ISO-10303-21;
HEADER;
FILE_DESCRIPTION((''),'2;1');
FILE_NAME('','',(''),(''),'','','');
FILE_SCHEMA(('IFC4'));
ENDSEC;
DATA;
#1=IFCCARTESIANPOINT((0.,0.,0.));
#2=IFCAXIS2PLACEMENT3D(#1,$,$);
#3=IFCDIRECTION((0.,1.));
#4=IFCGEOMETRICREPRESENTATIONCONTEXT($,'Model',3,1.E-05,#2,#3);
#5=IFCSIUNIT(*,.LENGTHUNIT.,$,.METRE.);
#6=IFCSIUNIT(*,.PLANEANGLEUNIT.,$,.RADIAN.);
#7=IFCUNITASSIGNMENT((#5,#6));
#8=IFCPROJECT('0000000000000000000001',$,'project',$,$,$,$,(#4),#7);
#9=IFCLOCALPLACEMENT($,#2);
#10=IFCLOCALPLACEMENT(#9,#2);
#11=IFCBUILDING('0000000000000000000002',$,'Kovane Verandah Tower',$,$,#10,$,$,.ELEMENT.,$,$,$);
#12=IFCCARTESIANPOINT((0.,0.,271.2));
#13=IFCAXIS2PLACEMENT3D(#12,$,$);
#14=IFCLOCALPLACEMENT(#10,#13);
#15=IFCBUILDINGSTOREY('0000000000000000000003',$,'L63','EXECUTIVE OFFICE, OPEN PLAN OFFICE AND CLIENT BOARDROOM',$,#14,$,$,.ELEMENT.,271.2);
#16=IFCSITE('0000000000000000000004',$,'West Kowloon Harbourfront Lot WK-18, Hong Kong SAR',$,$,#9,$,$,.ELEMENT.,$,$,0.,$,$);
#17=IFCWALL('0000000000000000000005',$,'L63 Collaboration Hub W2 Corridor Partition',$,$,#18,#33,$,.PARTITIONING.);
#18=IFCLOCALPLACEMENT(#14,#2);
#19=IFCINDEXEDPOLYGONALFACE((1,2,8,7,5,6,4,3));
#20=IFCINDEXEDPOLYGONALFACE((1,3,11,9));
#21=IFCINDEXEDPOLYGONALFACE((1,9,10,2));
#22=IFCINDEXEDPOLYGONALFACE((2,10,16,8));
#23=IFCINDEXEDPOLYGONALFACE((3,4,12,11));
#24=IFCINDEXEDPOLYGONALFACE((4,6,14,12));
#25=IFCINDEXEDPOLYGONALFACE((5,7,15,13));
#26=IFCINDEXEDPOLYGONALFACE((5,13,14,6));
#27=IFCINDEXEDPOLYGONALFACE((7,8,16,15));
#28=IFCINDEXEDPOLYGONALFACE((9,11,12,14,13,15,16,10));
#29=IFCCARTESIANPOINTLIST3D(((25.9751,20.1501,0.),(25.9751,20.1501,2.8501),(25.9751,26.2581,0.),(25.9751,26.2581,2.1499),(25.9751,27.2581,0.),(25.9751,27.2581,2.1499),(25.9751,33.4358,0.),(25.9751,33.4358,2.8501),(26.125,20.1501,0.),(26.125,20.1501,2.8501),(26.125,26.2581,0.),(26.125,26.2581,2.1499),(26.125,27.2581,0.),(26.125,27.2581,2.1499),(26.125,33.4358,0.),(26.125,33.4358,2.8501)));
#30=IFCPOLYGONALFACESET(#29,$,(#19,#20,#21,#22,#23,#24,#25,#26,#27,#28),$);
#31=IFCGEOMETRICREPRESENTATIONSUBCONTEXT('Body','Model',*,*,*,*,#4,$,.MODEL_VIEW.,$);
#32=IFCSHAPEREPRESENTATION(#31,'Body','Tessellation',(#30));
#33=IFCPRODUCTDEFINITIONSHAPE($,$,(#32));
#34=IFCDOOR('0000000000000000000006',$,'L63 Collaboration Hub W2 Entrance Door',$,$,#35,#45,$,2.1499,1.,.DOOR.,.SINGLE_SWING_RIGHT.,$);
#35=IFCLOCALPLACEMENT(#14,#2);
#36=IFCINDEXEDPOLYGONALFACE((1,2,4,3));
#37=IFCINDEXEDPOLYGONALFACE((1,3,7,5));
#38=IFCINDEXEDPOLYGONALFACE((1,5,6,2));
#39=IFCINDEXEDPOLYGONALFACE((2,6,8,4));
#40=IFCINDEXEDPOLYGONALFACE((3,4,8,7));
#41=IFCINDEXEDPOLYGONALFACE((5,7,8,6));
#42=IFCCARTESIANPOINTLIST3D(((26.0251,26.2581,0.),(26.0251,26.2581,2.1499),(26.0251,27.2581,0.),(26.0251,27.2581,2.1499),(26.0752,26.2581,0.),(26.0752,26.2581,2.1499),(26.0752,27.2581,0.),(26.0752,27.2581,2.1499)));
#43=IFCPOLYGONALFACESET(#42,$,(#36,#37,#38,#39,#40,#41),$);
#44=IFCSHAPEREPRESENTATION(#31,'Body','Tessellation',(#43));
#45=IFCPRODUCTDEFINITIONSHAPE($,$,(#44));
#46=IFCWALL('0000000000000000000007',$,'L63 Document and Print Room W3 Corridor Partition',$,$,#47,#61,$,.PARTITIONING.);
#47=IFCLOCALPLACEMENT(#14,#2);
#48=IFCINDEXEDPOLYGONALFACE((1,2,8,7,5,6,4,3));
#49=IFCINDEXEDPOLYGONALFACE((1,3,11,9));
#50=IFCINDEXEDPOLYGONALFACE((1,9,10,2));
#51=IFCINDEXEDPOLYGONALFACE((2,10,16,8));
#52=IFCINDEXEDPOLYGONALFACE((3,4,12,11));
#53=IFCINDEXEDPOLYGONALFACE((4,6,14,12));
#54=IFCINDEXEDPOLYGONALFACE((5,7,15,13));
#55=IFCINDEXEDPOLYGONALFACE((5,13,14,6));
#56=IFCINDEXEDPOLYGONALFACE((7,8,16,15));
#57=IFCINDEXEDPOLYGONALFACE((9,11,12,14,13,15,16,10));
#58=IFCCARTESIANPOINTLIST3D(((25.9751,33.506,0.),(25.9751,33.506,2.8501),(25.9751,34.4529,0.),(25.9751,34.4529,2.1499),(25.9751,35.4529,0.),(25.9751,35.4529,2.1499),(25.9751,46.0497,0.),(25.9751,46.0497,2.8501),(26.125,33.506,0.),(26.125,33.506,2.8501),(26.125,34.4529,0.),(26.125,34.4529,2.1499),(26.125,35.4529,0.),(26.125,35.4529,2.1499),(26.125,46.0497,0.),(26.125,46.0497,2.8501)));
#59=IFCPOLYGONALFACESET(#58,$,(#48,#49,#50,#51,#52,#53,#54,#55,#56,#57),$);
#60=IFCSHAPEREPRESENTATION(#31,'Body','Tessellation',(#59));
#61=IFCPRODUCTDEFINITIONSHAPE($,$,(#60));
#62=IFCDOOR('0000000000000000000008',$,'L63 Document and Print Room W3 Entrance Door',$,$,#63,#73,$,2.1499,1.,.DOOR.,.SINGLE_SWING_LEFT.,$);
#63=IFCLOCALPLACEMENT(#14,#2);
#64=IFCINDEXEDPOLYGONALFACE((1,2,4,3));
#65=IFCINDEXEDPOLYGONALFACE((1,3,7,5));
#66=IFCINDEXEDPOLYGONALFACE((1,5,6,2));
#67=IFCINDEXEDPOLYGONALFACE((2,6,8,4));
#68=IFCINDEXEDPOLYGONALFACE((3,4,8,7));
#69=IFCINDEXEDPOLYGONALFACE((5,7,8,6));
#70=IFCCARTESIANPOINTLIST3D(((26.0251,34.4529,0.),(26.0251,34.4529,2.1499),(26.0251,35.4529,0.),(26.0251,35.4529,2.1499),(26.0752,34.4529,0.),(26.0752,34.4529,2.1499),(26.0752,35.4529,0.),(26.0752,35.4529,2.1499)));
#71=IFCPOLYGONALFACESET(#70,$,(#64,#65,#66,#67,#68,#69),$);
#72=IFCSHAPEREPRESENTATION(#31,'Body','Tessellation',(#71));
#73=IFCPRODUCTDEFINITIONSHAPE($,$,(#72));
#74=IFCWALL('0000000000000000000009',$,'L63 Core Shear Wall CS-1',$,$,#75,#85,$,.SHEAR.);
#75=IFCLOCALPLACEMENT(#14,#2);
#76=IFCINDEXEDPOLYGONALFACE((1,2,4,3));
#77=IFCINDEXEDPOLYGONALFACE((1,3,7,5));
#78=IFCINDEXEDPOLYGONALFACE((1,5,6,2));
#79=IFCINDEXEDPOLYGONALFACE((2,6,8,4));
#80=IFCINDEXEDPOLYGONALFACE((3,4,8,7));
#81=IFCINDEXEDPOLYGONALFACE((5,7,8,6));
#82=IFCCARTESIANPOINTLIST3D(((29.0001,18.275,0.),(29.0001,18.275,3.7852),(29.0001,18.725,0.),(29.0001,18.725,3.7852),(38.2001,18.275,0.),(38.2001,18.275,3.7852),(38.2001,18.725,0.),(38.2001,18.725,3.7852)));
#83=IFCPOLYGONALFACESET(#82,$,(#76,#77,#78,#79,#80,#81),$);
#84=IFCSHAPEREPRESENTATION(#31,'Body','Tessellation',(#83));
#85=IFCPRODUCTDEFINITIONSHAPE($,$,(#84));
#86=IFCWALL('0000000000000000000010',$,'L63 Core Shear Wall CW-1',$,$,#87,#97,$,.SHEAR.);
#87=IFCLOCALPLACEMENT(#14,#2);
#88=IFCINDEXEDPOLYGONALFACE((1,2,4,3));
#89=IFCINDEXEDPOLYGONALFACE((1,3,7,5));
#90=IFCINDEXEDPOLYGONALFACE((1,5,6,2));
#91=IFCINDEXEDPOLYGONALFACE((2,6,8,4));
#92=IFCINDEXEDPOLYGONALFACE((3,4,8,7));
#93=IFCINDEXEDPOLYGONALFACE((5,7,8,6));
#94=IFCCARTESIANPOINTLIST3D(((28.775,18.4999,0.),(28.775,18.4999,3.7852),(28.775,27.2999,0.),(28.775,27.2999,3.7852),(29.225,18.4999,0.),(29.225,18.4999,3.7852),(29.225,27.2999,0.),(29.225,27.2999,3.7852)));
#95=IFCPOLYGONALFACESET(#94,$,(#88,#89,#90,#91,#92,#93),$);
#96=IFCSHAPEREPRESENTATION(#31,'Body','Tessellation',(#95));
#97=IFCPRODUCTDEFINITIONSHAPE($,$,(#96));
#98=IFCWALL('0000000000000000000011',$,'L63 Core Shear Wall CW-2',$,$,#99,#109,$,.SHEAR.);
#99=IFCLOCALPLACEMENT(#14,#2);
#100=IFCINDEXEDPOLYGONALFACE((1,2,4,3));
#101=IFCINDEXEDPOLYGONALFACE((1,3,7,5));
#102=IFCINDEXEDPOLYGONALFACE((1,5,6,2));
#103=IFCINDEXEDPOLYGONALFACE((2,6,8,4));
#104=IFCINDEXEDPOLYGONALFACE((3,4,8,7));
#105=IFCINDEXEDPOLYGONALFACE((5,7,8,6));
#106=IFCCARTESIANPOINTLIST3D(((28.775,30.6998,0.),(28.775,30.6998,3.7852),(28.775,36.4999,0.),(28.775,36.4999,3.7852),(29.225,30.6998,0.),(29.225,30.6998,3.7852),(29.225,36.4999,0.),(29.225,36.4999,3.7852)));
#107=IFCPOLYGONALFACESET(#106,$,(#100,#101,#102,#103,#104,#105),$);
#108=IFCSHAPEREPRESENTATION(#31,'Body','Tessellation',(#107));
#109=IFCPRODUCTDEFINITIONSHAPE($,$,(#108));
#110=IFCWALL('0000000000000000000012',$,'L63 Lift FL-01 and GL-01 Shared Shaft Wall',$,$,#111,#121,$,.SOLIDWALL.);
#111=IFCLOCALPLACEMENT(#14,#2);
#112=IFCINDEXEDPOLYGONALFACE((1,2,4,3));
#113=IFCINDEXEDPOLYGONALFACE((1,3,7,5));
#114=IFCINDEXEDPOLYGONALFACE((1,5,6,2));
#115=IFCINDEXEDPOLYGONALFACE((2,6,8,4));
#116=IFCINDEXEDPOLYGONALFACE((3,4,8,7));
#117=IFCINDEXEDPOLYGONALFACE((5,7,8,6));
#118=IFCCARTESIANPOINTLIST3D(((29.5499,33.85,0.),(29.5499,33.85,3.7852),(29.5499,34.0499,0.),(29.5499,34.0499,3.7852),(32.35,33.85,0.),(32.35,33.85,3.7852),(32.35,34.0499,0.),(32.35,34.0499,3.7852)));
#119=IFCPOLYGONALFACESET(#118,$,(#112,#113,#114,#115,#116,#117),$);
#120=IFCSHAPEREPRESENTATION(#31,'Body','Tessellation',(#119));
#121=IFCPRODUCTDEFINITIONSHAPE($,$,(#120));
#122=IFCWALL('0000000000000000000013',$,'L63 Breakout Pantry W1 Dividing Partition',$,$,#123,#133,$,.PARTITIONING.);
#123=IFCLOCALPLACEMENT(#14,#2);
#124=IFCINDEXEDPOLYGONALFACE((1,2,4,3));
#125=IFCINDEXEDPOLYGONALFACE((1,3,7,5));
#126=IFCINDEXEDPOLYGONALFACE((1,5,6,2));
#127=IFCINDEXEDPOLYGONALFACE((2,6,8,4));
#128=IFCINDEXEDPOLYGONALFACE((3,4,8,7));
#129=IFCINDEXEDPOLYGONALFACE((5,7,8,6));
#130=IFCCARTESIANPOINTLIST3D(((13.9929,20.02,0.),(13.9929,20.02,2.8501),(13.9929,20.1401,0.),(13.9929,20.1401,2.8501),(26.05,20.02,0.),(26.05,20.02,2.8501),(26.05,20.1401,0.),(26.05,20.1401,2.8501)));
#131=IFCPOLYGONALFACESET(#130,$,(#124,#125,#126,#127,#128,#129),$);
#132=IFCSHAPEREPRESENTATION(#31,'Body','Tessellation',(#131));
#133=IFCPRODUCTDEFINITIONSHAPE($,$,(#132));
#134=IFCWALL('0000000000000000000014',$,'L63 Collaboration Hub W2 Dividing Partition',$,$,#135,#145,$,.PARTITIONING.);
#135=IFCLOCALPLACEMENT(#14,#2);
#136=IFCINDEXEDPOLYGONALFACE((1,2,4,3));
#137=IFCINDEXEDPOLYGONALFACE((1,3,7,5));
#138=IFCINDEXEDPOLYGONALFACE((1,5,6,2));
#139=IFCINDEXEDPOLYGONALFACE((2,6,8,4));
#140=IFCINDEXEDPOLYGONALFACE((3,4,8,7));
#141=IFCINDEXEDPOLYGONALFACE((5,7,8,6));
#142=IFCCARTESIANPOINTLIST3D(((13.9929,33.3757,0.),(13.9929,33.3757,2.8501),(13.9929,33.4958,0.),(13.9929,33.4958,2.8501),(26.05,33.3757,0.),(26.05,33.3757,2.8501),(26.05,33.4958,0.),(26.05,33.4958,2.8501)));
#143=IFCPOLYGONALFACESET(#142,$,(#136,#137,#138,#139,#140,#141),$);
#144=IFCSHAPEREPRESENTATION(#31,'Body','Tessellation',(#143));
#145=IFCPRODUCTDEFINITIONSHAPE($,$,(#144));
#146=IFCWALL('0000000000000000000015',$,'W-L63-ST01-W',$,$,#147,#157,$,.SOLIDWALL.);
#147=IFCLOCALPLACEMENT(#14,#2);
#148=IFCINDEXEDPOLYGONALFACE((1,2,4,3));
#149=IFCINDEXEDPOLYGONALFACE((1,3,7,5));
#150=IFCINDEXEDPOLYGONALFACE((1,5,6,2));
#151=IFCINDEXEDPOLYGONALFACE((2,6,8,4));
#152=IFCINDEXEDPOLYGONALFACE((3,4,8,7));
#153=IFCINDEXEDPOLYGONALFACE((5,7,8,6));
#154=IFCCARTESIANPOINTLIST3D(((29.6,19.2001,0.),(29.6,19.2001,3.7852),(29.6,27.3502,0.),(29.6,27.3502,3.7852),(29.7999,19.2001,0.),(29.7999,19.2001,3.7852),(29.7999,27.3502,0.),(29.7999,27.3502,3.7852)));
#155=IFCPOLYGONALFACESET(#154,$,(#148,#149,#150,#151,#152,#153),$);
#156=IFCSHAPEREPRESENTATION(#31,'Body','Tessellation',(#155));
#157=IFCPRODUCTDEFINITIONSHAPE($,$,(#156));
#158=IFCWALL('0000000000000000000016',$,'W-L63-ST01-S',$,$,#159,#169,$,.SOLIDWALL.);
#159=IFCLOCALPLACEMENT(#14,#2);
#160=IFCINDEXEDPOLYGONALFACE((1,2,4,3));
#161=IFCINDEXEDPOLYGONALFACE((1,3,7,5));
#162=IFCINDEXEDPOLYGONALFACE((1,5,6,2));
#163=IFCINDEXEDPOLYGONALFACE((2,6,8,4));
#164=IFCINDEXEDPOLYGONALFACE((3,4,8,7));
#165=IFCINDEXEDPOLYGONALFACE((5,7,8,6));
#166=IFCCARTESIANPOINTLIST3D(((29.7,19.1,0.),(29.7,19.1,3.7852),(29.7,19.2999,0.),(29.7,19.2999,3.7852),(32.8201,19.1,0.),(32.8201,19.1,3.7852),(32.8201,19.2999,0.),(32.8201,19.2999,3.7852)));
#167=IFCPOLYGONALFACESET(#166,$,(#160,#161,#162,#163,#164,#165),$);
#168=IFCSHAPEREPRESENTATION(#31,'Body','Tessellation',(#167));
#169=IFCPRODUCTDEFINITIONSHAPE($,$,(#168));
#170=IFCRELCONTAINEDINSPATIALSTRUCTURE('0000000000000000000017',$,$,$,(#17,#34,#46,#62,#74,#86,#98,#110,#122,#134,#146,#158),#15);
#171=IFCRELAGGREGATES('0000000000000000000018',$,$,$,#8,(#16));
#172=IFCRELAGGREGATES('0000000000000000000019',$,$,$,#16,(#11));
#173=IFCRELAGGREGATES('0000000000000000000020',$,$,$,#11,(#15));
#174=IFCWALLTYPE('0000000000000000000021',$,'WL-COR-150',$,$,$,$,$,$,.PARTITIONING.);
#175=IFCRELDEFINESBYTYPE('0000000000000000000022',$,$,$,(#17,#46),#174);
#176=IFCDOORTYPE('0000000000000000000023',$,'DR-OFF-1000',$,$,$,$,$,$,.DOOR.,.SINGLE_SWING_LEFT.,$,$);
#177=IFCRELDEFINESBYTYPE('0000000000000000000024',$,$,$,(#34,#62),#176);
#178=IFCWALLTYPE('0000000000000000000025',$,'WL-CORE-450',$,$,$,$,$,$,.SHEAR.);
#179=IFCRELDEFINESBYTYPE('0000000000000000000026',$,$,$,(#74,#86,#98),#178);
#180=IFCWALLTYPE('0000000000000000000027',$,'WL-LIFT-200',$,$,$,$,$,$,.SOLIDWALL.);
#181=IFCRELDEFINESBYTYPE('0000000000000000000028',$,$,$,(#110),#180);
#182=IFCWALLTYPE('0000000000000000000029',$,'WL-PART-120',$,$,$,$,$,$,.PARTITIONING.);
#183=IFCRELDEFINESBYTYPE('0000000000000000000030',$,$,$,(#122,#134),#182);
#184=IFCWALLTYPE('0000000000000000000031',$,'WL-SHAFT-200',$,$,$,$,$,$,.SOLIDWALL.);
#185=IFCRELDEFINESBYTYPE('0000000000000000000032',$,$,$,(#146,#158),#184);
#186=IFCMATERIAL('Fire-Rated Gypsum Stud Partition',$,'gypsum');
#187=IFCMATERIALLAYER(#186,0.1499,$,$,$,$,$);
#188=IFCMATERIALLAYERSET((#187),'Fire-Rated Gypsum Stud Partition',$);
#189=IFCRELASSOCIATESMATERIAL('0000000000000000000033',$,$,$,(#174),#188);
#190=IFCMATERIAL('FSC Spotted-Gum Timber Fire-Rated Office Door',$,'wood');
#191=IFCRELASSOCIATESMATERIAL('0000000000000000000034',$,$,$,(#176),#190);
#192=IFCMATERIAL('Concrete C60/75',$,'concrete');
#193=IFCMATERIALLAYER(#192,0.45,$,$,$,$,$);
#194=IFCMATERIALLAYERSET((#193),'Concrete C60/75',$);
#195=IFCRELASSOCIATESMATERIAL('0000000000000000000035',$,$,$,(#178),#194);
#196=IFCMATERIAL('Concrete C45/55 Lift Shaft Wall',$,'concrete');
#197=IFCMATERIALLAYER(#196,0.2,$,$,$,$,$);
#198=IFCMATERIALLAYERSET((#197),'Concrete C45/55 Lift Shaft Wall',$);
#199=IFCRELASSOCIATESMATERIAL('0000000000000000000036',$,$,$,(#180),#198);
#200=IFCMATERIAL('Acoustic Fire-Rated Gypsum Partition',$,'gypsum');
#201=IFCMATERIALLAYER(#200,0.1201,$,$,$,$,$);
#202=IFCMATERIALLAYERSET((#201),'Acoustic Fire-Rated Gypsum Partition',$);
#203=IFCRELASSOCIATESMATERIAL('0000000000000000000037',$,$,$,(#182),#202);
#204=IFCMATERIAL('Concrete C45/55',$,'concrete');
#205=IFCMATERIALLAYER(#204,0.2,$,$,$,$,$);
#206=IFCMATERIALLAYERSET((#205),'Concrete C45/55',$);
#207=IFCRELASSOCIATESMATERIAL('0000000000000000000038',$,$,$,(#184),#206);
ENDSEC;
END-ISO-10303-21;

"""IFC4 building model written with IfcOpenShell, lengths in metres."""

from ifc_helpers import new_model, si_unit, direction, frame, frame_2d, origin, place, context, subcontext, project, spatial, rectangle, extrude, material, layer, layer_set, type_object, element, fill, save


model = new_model("IFC4")

# Units and contexts
model_context = context("Model", 3, precision=1e-05, world=origin(), true_north=direction((0.0, 1.0)))
body_context = subcontext(model_context, "Body", "Model", "MODEL_VIEW")
ifc_project = project(units=[si_unit("LENGTHUNIT", "METRE"), si_unit("PLANEANGLEUNIT", "RADIAN")], contexts=[model_context])

# Site, building, storey
site_placement = place(None, origin())
site = spatial("IfcSite", under=ifc_project, at=site_placement, Name="West Kowloon Harbourfront Lot WK-18, Hong Kong SAR", CompositionType="ELEMENT", RefElevation=0.0)
building_placement = place(site_placement, origin())
building = spatial("IfcBuilding", under=site, at=building_placement, Name="Kovane Verandah Tower", CompositionType="ELEMENT")
storey_placement = place(building_placement, frame((0.0, 0.0, 271.2)))
storey = spatial("IfcBuildingStorey", under=building, at=storey_placement, Name="L63", Description="EXECUTIVE OFFICE, OPEN PLAN OFFICE AND CLIENT BOARDROOM", CompositionType="ELEMENT", Elevation=271.2)

# Shared definitions
ifc_material_1 = material(Name="Concrete C60/75", Category="concrete")

# Walls, openings, doors
ifc_material_2 = material(Name="Fire-Rated Gypsum Stud Partition", Category="gypsum")
ifc_layer_1 = layer(ifc_material_2, 0.1499)
ifc_layer_set_1 = layer_set([ifc_layer_1], Name="Fire-Rated Gypsum Stud Partition")
wall_type_1 = type_object("IfcWallType", Name="WL-COR-150", PredefinedType="PARTITIONING", material=ifc_layer_set_1)
wall_1_placement = place(storey_placement, frame((26.05, 20.1501, 0.0), z_axis=(0.0, 0.0, 1.0), x_axis=(0.0, 1.0, 0.0)))
wall_1 = element("IfcWall", 1, at=wall_1_placement, inside=storey, type_object=wall_type_1, Name="L63 Collaboration Hub W2 Corridor Partition", PredefinedType="PARTITIONING", context=body_context, shape_type="SweptSolid", body=[
    extrude(rectangle(XDim=13.2856, YDim=0.1499, at=frame_2d((6.6428, 0.0))), origin(), (0.0, 0.0, 1.0), 2.8501),
])
opening_1_placement = place(wall_1_placement, frame((6.1079, 0.0, 0.0)))
opening_1 = element("IfcOpeningElement", 2, at=opening_1_placement, cuts=wall_1, PredefinedType="OPENING", context=body_context, shape_type="SweptSolid", body=[
    extrude(rectangle(XDim=1.0, YDim=2.1499, at=frame_2d((0.5, 1.075))), frame((0.0, 0.075, 0.0), z_axis=(0.0, -1.0, 0.0), x_axis=(1.0, 0.0, 0.0)), (0.0, 0.0, 1.0), 0.1499),
])
ifc_material_3 = material(Name="FSC Spotted-Gum Timber Fire-Rated Office Door", Category="wood")
door_type_1 = type_object("IfcDoorType", Name="DR-OFF-1000", OperationType="SINGLE_SWING_LEFT", PredefinedType="DOOR", material=ifc_material_3)
door_1_placement = place(opening_1_placement, origin())
door_1 = element("IfcDoor", 3, at=door_1_placement, inside=storey, type_object=door_type_1, Name="L63 Collaboration Hub W2 Entrance Door", OperationType="SINGLE_SWING_RIGHT", OverallHeight=2.1499, OverallWidth=1.0, PredefinedType="DOOR", context=body_context, shape_type="SweptSolid", body=[
    extrude(rectangle(XDim=1.0, YDim=2.1499, at=frame_2d((0.5, 1.075))), frame((0.0, 0.0249, 0.0), z_axis=(0.0, -1.0, 0.0), x_axis=(1.0, 0.0, 0.0)), (0.0, 0.0, 1.0), 0.05),
])
fill(opening_1, door_1)
wall_2_placement = place(storey_placement, frame((26.05, 33.5059, 0.0), z_axis=(0.0, 0.0, 1.0), x_axis=(0.0, 1.0, 0.0)))
wall_2 = element("IfcWall", 4, at=wall_2_placement, inside=storey, type_object=wall_type_1, Name="L63 Document and Print Room W3 Corridor Partition", PredefinedType="PARTITIONING", context=body_context, shape_type="SweptSolid", body=[
    extrude(rectangle(XDim=12.5437, YDim=0.1499, at=frame_2d((6.272, 0.0))), origin(), (0.0, 0.0, 1.0), 2.8501),
])
opening_2_placement = place(wall_2_placement, frame((0.947, 0.0, 0.0)))
opening_2 = element("IfcOpeningElement", 5, at=opening_2_placement, cuts=wall_2, PredefinedType="OPENING", context=body_context, shape_type="SweptSolid", body=[
    extrude(rectangle(XDim=1.0, YDim=2.1499, at=frame_2d((0.5, 1.075))), frame((0.0, 0.075, 0.0), z_axis=(0.0, -1.0, 0.0), x_axis=(1.0, 0.0, 0.0)), (0.0, 0.0, 1.0), 0.1499),
])
door_2_placement = place(opening_2_placement, origin())
door_2 = element("IfcDoor", 6, at=door_2_placement, inside=storey, type_object=door_type_1, Name="L63 Document and Print Room W3 Entrance Door", OperationType="SINGLE_SWING_LEFT", OverallHeight=2.1499, OverallWidth=1.0, PredefinedType="DOOR", context=body_context, shape_type="SweptSolid", body=[
    extrude(rectangle(XDim=1.0, YDim=2.1499, at=frame_2d((0.5, 1.075))), frame((0.0, 0.0249, 0.0), z_axis=(0.0, -1.0, 0.0), x_axis=(1.0, 0.0, 0.0)), (0.0, 0.0, 1.0), 0.05),
])
fill(opening_2, door_2)

# Walls
ifc_layer_2 = layer(ifc_material_1, 0.45)
ifc_layer_set_2 = layer_set([ifc_layer_2], Name="Concrete C60/75")
wall_type_2 = type_object("IfcWallType", Name="WL-CORE-450", PredefinedType="SHEAR", material=ifc_layer_set_2)
wall_3_placement = place(storey_placement, frame((29.0, 18.5, 0.0), z_axis=(0.0, 0.0, 1.0), x_axis=(1.0, 0.0, 0.0)))
element("IfcWall", 7, at=wall_3_placement, inside=storey, type_object=wall_type_2, Name="L63 Core Shear Wall CS-1", PredefinedType="SHEAR", context=body_context, shape_type="SweptSolid", body=[
    extrude(rectangle(XDim=9.2, YDim=0.45, at=frame_2d((4.6001, 0.0))), origin(), (0.0, 0.0, 1.0), 3.7852),
])
wall_4_placement = place(storey_placement, frame((29.0, 18.5, 0.0), z_axis=(0.0, 0.0, 1.0), x_axis=(0.0, 1.0, 0.0)))
element("IfcWall", 8, at=wall_4_placement, inside=storey, type_object=wall_type_2, Name="L63 Core Shear Wall CW-1", PredefinedType="SHEAR", context=body_context, shape_type="SweptSolid", body=[
    extrude(rectangle(XDim=8.8, YDim=0.45, at=frame_2d((4.3999, 0.0))), origin(), (0.0, 0.0, 1.0), 3.7852),
])
wall_5_placement = place(storey_placement, frame((29.0, 30.7, 0.0), z_axis=(0.0, 0.0, 1.0), x_axis=(0.0, 1.0, 0.0)))
element("IfcWall", 9, at=wall_5_placement, inside=storey, type_object=wall_type_2, Name="L63 Core Shear Wall CW-2", PredefinedType="SHEAR", context=body_context, shape_type="SweptSolid", body=[
    extrude(rectangle(XDim=5.8, YDim=0.45, at=frame_2d((2.8999, 0.0))), origin(), (0.0, 0.0, 1.0), 3.7852),
])

# Shared definitions
ifc_material_4 = material(Name="Concrete C45/55 Lift Shaft Wall", Category="concrete")
ifc_layer_3 = layer(ifc_material_4, 0.2)
ifc_layer_set_3 = layer_set([ifc_layer_3], Name="Concrete C45/55 Lift Shaft Wall")
wall_type_3 = type_object("IfcWallType", Name="WL-LIFT-200", PredefinedType="SOLIDWALL", material=ifc_layer_set_3)

# Walls
wall_6_placement = place(storey_placement, frame((29.55, 33.95, 0.0), z_axis=(0.0, 0.0, 1.0), x_axis=(1.0, 0.0, 0.0)))
element("IfcWall", 10, at=wall_6_placement, inside=storey, type_object=wall_type_3, Name="L63 Lift FL-01 and GL-01 Shared Shaft Wall", PredefinedType="SOLIDWALL", context=body_context, shape_type="SweptSolid", body=[
    extrude(rectangle(XDim=2.8, YDim=0.2, at=frame_2d((1.3999, 0.0))), origin(), (0.0, 0.0, 1.0), 3.7852),
])
ifc_material_5 = material(Name="Acoustic Fire-Rated Gypsum Partition", Category="gypsum")
ifc_layer_4 = layer(ifc_material_5, 0.1201)
ifc_layer_set_4 = layer_set([ifc_layer_4], Name="Acoustic Fire-Rated Gypsum Partition")
wall_type_4 = type_object("IfcWallType", Name="WL-PART-120", PredefinedType="PARTITIONING", material=ifc_layer_set_4)
for number, where, z_axis, x_axis, name in (
    (11, (13.9929, 20.0801, 0.0), (0.0, 0.0, 1.0), (1.0, 0.0, 0.0), "L63 Breakout Pantry W1 Dividing Partition"),
    (12, (13.9929, 33.4358, 0.0), (0.0, 0.0, 1.0), (1.0, 0.0, 0.0), "L63 Collaboration Hub W2 Dividing Partition"),
):
    element("IfcWall", number, at=place(storey_placement, frame(where, z_axis=z_axis, x_axis=x_axis)), inside=storey, type_object=wall_type_4, Name=name, PredefinedType="PARTITIONING", context=body_context, shape_type="SweptSolid", body=[
        extrude(rectangle(XDim=12.0571, YDim=0.1201, at=frame_2d((6.0286, 0.0))), origin(), (0.0, 0.0, 1.0), 2.8501),
    ])
ifc_material_6 = material(Name="Concrete C45/55", Category="concrete")
ifc_layer_5 = layer(ifc_material_6, 0.2)
ifc_layer_set_5 = layer_set([ifc_layer_5], Name="Concrete C45/55")
wall_type_5 = type_object("IfcWallType", Name="WL-SHAFT-200", PredefinedType="SOLIDWALL", material=ifc_layer_set_5)
wall_7_placement = place(storey_placement, frame((29.7, 19.2, 0.0), z_axis=(0.0, 0.0, 1.0), x_axis=(0.0, 1.0, 0.0)))
element("IfcWall", 13, at=wall_7_placement, inside=storey, type_object=wall_type_5, Name="W-L63-ST01-W", PredefinedType="SOLIDWALL", context=body_context, shape_type="SweptSolid", body=[
    extrude(rectangle(XDim=8.1501, YDim=0.2, at=frame_2d((4.0752, 0.0))), origin(), (0.0, 0.0, 1.0), 3.7852),
])
wall_8_placement = place(storey_placement, frame((29.7, 19.2, 0.0), z_axis=(0.0, 0.0, 1.0), x_axis=(1.0, 0.0, 0.0)))
element("IfcWall", 14, at=wall_8_placement, inside=storey, type_object=wall_type_5, Name="W-L63-ST01-S", PredefinedType="SOLIDWALL", context=body_context, shape_type="SweptSolid", body=[
    extrude(rectangle(XDim=3.1201, YDim=0.2, at=frame_2d((1.5601, 0.0))), origin(), (0.0, 0.0, 1.0), 3.7852),
])

save(model, "model.ifc")
